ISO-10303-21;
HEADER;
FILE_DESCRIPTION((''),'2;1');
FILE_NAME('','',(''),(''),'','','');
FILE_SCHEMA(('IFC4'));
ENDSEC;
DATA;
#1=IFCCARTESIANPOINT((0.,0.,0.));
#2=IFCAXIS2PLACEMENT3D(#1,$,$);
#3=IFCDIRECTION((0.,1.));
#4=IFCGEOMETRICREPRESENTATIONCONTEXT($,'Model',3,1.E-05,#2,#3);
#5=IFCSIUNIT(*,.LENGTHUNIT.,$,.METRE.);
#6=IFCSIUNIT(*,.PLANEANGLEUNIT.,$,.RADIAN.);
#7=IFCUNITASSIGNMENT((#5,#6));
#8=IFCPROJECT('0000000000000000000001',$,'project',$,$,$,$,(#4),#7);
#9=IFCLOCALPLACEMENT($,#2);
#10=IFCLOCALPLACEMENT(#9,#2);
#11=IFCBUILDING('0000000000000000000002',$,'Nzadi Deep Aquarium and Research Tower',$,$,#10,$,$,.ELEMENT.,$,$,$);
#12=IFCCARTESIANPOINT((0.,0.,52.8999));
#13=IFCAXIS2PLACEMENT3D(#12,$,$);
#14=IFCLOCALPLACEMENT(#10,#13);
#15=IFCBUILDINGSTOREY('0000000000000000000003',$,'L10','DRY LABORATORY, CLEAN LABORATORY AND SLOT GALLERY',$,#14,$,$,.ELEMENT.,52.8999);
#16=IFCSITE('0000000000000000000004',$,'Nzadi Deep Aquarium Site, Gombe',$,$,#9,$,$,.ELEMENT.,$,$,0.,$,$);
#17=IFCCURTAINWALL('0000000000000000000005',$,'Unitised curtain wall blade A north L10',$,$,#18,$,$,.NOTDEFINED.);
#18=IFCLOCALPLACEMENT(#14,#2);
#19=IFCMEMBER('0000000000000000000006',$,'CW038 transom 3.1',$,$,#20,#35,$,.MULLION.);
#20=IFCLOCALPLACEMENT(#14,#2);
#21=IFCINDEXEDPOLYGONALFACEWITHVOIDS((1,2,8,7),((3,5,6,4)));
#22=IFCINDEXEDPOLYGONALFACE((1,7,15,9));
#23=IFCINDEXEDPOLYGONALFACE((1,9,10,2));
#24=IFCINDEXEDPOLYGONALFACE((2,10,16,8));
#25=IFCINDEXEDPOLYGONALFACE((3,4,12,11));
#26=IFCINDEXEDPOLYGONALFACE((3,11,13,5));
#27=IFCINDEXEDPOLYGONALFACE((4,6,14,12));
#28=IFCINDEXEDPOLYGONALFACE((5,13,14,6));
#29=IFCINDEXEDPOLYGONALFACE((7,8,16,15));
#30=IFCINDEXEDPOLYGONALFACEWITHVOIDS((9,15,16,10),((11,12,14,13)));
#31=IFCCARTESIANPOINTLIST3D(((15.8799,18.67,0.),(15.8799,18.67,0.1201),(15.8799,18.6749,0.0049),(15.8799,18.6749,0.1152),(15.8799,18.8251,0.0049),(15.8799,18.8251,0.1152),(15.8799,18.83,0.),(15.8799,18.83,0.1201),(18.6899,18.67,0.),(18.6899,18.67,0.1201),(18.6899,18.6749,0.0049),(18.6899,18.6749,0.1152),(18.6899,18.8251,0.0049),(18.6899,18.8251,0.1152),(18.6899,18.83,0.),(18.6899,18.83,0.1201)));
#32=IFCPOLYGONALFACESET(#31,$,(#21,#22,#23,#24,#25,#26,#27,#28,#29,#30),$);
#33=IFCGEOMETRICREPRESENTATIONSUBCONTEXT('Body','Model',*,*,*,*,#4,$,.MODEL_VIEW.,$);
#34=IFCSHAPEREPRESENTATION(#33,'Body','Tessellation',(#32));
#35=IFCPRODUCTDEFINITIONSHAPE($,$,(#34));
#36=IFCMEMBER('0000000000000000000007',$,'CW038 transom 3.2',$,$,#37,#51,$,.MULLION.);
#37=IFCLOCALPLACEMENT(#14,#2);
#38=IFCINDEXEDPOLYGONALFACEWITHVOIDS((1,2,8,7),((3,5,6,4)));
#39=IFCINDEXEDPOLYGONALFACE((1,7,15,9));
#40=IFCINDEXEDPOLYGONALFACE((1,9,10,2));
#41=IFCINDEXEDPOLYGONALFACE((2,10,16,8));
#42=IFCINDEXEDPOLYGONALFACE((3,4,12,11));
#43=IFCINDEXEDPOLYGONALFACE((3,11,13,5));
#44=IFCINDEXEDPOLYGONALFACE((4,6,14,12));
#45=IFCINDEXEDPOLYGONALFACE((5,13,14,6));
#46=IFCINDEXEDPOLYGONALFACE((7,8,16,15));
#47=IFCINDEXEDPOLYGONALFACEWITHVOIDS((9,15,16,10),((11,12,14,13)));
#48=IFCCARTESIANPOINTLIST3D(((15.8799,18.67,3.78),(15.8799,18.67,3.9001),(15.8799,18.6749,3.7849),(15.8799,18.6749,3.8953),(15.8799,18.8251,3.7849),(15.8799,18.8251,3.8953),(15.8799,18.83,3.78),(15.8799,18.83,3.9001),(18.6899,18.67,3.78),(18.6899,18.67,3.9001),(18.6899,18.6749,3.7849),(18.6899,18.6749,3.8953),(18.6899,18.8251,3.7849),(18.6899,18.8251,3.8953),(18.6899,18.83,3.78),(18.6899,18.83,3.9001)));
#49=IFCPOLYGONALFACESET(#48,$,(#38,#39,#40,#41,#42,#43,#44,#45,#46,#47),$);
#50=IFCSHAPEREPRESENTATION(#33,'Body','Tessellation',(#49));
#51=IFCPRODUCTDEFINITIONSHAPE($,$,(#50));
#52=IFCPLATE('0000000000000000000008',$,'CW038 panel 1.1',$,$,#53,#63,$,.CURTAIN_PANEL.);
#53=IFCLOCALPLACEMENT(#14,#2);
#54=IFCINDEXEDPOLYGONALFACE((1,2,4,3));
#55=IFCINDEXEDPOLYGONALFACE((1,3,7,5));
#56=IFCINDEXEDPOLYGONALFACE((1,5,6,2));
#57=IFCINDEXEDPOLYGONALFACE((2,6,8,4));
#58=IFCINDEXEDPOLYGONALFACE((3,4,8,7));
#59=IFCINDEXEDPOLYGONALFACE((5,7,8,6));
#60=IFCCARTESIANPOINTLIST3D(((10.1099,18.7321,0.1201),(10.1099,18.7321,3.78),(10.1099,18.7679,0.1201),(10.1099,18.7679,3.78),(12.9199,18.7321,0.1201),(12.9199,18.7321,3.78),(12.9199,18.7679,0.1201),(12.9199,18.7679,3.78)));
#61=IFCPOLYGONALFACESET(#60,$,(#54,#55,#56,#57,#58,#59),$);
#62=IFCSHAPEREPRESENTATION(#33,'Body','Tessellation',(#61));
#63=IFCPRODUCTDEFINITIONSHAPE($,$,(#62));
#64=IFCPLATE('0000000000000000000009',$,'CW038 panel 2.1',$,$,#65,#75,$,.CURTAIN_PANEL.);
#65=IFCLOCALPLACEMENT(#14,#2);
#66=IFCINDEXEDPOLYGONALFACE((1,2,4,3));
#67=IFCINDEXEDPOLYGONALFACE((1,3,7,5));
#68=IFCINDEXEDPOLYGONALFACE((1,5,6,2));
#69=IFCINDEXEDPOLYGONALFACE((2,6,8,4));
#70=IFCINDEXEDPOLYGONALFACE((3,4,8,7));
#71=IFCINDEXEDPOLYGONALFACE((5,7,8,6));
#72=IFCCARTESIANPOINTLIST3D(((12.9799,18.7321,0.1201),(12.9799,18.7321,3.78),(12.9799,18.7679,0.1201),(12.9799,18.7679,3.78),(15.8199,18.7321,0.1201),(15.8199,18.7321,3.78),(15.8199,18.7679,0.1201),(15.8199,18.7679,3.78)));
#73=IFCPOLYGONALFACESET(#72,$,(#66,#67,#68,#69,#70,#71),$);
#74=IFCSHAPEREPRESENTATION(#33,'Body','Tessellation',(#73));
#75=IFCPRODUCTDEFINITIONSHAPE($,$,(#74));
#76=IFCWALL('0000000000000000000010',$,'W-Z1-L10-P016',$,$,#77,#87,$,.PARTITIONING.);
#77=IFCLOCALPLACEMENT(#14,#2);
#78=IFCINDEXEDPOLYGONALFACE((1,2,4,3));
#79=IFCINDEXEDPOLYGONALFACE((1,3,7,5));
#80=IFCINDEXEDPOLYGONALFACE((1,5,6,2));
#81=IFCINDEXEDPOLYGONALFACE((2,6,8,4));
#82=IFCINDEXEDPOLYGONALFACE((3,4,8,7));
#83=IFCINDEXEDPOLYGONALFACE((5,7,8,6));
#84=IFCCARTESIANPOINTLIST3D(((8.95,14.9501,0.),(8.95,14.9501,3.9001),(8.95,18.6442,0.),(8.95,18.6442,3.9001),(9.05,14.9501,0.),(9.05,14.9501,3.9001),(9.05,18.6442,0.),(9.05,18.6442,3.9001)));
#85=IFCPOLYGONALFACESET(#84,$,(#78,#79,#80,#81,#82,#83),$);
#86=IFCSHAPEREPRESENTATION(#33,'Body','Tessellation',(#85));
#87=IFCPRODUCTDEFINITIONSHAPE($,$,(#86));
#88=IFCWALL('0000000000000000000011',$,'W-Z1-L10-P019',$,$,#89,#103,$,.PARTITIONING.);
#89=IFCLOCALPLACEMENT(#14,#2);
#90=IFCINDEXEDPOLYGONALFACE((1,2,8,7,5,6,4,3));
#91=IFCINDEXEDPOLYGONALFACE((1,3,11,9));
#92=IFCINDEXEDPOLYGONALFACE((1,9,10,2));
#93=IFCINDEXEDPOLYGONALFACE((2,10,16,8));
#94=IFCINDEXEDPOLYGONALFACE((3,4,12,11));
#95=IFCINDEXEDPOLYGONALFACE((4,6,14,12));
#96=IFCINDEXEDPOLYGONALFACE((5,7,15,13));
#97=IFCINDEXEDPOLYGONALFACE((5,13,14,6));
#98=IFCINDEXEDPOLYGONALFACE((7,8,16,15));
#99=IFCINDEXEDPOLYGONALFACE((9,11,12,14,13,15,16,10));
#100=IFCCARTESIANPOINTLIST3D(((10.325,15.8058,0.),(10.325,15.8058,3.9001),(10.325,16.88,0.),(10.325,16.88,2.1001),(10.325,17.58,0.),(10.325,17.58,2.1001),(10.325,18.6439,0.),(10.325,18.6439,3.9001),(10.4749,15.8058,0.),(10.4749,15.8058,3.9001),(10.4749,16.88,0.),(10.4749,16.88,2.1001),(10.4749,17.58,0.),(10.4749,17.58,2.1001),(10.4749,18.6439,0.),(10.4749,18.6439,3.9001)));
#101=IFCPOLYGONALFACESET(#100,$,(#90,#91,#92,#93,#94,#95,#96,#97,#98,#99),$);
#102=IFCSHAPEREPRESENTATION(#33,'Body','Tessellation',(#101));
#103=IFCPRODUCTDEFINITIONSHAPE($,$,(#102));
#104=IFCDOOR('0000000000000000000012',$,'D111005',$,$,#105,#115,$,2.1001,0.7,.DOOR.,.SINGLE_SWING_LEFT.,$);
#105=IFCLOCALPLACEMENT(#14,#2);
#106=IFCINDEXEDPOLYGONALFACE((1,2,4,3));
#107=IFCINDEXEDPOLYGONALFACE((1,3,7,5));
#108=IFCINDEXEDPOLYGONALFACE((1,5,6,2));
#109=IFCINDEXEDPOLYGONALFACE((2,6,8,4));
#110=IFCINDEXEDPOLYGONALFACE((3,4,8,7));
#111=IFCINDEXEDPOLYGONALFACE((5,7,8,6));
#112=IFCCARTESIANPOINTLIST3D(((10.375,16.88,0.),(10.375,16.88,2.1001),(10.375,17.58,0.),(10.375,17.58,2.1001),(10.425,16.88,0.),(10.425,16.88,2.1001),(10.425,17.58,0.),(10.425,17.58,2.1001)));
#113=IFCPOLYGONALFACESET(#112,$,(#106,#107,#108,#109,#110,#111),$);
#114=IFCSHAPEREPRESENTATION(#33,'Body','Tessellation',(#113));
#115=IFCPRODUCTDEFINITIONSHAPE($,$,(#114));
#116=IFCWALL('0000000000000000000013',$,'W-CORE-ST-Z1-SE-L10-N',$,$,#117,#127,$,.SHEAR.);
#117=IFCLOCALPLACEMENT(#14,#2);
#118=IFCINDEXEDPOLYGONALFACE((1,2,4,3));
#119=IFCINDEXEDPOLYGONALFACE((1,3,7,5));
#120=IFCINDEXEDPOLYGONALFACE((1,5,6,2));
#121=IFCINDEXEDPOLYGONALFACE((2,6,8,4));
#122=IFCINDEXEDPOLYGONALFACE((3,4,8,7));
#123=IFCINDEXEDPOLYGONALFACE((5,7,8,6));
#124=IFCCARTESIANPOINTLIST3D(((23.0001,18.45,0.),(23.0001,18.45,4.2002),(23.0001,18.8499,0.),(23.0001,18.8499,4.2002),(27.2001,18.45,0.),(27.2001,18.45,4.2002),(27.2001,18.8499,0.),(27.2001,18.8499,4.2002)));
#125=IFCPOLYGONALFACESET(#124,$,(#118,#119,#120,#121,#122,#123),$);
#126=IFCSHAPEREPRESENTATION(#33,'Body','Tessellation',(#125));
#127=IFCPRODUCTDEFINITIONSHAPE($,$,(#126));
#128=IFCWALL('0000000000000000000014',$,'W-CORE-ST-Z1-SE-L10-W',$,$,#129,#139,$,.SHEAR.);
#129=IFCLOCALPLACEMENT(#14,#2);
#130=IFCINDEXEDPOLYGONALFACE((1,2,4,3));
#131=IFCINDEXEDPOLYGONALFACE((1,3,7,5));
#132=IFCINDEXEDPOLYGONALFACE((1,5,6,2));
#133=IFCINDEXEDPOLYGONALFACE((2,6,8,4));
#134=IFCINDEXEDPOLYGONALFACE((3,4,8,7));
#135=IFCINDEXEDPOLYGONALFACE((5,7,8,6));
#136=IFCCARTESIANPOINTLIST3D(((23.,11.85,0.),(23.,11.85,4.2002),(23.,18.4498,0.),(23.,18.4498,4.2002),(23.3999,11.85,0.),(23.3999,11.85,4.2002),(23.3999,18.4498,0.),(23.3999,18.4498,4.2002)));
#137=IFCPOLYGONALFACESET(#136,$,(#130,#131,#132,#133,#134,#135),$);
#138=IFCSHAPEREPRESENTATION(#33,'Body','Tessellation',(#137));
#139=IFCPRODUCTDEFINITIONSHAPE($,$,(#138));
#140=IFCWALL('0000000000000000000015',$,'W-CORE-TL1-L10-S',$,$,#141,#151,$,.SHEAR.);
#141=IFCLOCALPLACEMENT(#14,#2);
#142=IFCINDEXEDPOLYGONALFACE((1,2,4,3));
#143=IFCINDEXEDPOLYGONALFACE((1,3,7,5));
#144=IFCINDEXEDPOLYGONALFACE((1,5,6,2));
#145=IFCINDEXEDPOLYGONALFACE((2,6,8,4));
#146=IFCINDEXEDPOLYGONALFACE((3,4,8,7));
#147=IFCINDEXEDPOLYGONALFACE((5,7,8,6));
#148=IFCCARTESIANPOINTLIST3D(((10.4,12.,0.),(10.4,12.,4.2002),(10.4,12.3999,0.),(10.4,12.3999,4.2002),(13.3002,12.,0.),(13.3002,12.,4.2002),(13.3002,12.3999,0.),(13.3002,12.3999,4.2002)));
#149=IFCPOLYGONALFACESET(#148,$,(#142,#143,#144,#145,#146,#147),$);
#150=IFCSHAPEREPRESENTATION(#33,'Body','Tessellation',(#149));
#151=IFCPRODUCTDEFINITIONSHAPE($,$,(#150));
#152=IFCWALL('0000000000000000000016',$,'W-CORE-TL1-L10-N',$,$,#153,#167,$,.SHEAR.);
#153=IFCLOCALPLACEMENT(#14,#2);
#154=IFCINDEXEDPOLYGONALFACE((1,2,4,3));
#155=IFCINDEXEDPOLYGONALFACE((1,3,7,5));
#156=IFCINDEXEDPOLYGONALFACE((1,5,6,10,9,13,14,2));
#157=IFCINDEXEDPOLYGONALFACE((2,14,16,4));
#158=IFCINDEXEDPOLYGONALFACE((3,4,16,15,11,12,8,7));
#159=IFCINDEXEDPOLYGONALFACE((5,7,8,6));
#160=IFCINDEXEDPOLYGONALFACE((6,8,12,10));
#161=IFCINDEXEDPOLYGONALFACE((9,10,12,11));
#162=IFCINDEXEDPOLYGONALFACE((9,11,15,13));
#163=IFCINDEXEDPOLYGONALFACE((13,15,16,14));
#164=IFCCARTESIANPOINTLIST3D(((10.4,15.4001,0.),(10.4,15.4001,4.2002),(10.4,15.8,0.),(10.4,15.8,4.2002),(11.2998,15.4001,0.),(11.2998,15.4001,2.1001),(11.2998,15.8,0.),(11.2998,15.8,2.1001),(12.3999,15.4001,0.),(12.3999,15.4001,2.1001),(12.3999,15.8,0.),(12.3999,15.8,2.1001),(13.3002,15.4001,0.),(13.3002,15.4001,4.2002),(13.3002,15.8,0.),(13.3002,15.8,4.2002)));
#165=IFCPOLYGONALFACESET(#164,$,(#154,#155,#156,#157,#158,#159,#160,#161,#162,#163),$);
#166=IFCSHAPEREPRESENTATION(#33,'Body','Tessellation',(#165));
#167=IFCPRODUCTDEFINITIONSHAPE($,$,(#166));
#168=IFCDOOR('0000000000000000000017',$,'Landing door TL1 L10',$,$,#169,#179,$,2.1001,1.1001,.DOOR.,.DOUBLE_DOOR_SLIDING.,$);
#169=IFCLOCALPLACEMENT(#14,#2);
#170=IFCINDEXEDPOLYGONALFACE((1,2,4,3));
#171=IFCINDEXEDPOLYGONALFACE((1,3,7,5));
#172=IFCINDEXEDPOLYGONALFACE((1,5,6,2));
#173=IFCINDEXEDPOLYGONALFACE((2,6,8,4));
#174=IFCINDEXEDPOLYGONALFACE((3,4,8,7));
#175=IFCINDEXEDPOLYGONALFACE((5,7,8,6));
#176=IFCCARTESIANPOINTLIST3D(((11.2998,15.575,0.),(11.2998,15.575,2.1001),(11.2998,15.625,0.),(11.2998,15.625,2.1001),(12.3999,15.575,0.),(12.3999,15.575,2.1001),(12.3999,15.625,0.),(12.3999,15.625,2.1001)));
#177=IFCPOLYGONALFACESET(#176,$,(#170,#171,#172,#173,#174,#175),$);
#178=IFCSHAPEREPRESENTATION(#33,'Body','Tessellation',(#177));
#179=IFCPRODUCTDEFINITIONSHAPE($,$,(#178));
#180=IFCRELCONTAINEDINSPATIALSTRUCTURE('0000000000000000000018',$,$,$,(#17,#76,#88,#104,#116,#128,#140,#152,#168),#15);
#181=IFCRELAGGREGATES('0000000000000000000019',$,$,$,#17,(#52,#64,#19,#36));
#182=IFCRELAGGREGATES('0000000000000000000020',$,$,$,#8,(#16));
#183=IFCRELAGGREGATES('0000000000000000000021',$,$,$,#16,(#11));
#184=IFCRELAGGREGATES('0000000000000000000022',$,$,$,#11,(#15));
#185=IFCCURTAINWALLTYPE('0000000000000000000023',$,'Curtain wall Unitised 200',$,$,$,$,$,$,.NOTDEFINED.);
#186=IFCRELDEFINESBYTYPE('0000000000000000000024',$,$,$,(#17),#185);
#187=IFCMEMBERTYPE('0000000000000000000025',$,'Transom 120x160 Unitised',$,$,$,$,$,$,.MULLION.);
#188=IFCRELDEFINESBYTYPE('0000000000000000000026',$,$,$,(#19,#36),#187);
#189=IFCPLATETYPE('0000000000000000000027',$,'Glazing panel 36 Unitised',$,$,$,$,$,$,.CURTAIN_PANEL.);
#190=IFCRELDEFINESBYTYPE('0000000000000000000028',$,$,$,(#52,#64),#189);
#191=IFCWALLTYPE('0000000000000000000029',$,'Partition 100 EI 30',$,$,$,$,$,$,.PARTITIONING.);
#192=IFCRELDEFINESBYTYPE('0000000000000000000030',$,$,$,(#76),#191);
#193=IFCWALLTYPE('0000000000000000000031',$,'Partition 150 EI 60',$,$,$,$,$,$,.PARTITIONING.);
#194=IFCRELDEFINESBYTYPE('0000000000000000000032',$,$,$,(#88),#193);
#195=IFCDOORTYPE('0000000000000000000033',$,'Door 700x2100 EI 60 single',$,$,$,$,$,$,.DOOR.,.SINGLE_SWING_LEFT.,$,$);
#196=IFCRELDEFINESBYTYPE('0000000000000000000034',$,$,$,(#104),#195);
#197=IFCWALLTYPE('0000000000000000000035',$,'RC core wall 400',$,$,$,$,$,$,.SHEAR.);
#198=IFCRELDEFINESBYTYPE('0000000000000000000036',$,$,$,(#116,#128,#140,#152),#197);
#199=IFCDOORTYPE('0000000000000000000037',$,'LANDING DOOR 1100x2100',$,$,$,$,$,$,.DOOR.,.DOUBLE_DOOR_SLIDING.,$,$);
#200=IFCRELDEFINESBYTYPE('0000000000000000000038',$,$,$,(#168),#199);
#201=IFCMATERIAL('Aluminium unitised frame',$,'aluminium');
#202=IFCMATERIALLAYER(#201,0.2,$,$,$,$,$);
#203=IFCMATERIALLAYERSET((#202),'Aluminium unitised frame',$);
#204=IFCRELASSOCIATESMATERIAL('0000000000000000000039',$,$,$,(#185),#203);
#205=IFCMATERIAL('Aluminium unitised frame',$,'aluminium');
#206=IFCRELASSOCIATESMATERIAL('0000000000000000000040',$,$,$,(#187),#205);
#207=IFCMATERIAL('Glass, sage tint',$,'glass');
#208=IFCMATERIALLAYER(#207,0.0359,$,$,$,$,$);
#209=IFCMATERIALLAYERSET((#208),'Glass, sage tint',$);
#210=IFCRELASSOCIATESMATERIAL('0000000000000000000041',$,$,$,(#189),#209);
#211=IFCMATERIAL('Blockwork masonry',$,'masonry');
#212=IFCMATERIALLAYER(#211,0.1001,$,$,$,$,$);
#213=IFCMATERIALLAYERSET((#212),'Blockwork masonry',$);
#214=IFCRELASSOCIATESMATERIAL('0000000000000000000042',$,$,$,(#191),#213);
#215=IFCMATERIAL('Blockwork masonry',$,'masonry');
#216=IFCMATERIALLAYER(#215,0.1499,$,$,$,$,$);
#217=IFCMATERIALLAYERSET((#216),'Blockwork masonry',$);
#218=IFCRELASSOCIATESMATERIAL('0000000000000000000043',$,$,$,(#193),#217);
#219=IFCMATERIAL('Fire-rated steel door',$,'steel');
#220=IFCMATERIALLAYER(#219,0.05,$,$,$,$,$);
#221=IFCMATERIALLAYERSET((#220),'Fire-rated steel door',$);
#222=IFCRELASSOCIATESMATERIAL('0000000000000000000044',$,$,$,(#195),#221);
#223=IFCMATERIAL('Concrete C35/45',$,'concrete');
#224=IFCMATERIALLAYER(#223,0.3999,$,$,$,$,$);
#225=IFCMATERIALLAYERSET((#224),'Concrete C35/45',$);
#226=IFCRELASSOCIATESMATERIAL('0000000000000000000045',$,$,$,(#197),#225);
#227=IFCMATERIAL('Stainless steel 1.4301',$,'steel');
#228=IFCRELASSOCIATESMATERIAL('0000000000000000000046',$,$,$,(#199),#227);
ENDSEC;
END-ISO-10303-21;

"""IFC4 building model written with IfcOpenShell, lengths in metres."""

from ifc_helpers import new_model, si_unit, direction, frame, frame_2d, origin, origin_2d, place, context, subcontext, project, spatial, rectangle, hollow_rectangle, extrude, material, layer, layer_set, material_profile, profile_set, type_object, element, fill, aggregate, save


model = new_model("IFC4")

# Units and contexts
model_context = context("Model", 3, precision=1e-05, world=origin(), true_north=direction((0.0, 1.0)))
body_context = subcontext(model_context, "Body", "Model", "MODEL_VIEW")
ifc_project = project(units=[si_unit("LENGTHUNIT", "METRE"), si_unit("PLANEANGLEUNIT", "RADIAN")], contexts=[model_context])

# Site, building, storey
site_placement = place(None, origin())
site = spatial("IfcSite", under=ifc_project, at=site_placement, Name="Nzadi Deep Aquarium Site, Gombe", CompositionType="ELEMENT", RefElevation=0.0)
building_placement = place(site_placement, origin())
building = spatial("IfcBuilding", under=site, at=building_placement, Name="Nzadi Deep Aquarium and Research Tower", CompositionType="ELEMENT")
storey_placement = place(building_placement, frame((0.0, 0.0, 52.8999)))
storey = spatial("IfcBuildingStorey", under=building, at=storey_placement, Name="L10", Description="DRY LABORATORY, CLEAN LABORATORY AND SLOT GALLERY", CompositionType="ELEMENT", Elevation=52.8999)

# Shared definitions
ifc_material_1 = material(Name="Aluminium unitised frame", Category="aluminium")
ifc_layer_1 = layer(ifc_material_1, 0.2)
ifc_layer_set_1 = layer_set([ifc_layer_1], Name="Aluminium unitised frame")
curtain_wall_type = type_object("IfcCurtainWallType", Name="Curtain wall Unitised 200", PredefinedType="NOTDEFINED", material=ifc_layer_set_1)

# Curtain wall
curtain_wall_1_placement = place(storey_placement, origin())
curtain_wall_1 = element("IfcCurtainWall", 1, at=curtain_wall_1_placement, inside=storey, type_object=curtain_wall_type, Name="Unitised curtain wall blade A north L10", PredefinedType="NOTDEFINED")

# Members
ifc_material_2 = material(Name="Aluminium unitised frame", Category="aluminium")
ifc_material_profile_1 = material_profile(ifc_material_2, hollow_rectangle(XDim=0.1599, YDim=0.1201, WallThickness=0.0049, at=origin_2d()))
ifc_profile_set_1 = profile_set([ifc_material_profile_1], Name="Aluminium unitised frame")
member_type_1 = type_object("IfcMemberType", Name="Transom 120x160 Unitised", PredefinedType="MULLION", material=ifc_profile_set_1)
member_1_placement = place(storey_placement, frame((15.8799, 18.75, 0.0601), z_axis=(1.0, 0.0, 0.0), x_axis=(0.0, 1.0, 0.0)))
member_1 = element("IfcMember", 2, at=member_1_placement, type_object=member_type_1, Name="CW038 transom 3.1", PredefinedType="MULLION", context=body_context, shape_type="SweptSolid", body=[
    extrude(hollow_rectangle(XDim=0.1599, YDim=0.1201, WallThickness=0.0049, at=origin_2d()), origin(), (0.0, 0.0, 1.0), 2.8101),
])
member_2_placement = place(storey_placement, frame((15.8799, 18.75, 3.8401), z_axis=(1.0, 0.0, 0.0), x_axis=(0.0, 1.0, 0.0)))
member_2 = element("IfcMember", 3, at=member_2_placement, type_object=member_type_1, Name="CW038 transom 3.2", PredefinedType="MULLION", context=body_context, shape_type="SweptSolid", body=[
    extrude(hollow_rectangle(XDim=0.1599, YDim=0.1201, WallThickness=0.0049, at=origin_2d()), origin(), (0.0, 0.0, 1.0), 2.8101),
])

# Plates
ifc_material_3 = material(Name="Glass, sage tint", Category="glass")
ifc_layer_2 = layer(ifc_material_3, 0.0359)
ifc_layer_set_2 = layer_set([ifc_layer_2], Name="Glass, sage tint")
plate_type = type_object("IfcPlateType", Name="Glazing panel 36 Unitised", PredefinedType="CURTAIN_PANEL", material=ifc_layer_set_2)
plate_1_placement = place(storey_placement, frame((11.5149, 18.75, 0.1201), z_axis=(0.0, 0.0, 1.0), x_axis=(1.0, 0.0, 0.0)))
plate_1 = element("IfcPlate", 4, at=plate_1_placement, type_object=plate_type, Name="CW038 panel 1.1", PredefinedType="CURTAIN_PANEL", context=body_context, shape_type="SweptSolid", body=[
    extrude(rectangle(XDim=2.8101, YDim=0.0359, at=origin_2d()), origin(), (0.0, 0.0, 1.0), 3.6599),
])
plate_2_placement = place(storey_placement, frame((14.3999, 18.75, 0.1201), z_axis=(0.0, 0.0, 1.0), x_axis=(1.0, 0.0, 0.0)))
plate_2 = element("IfcPlate", 5, at=plate_2_placement, type_object=plate_type, Name="CW038 panel 2.1", PredefinedType="CURTAIN_PANEL", context=body_context, shape_type="SweptSolid", body=[
    extrude(rectangle(XDim=2.8401, YDim=0.0359, at=origin_2d()), origin(), (0.0, 0.0, 1.0), 3.6599),
])
aggregate(curtain_wall_1, [plate_1, plate_2, member_1, member_2])

# Wall
ifc_material_4 = material(Name="Blockwork masonry", Category="masonry")
ifc_layer_3 = layer(ifc_material_4, 0.1001)
ifc_layer_set_3 = layer_set([ifc_layer_3], Name="Blockwork masonry")
wall_type_1 = type_object("IfcWallType", Name="Partition 100 EI 30", PredefinedType="PARTITIONING", material=ifc_layer_set_3)
wall_1_placement = place(storey_placement, frame((9.0, 14.95, 0.0), z_axis=(0.0, 0.0, 1.0), x_axis=(0.0, 1.0, 0.0)))
element("IfcWall", 6, at=wall_1_placement, inside=storey, type_object=wall_type_1, Name="W-Z1-L10-P016", PredefinedType="PARTITIONING", context=body_context, shape_type="SweptSolid", body=[
    extrude(rectangle(XDim=3.6941, YDim=0.1001, at=frame_2d((1.8472, 0.0))), origin(), (0.0, 0.0, 1.0), 3.9001),
])

# Wall, opening, door
ifc_material_5 = material(Name="Blockwork masonry", Category="masonry")
ifc_layer_4 = layer(ifc_material_5, 0.1499)
ifc_layer_set_4 = layer_set([ifc_layer_4], Name="Blockwork masonry")
wall_type_2 = type_object("IfcWallType", Name="Partition 150 EI 60", PredefinedType="PARTITIONING", material=ifc_layer_set_4)
wall_2_placement = place(storey_placement, frame((10.3999, 15.8059, 0.0), z_axis=(0.0, 0.0, 1.0), x_axis=(0.0, 1.0, 0.0)))
wall_2 = element("IfcWall", 7, at=wall_2_placement, inside=storey, type_object=wall_type_2, Name="W-Z1-L10-P019", PredefinedType="PARTITIONING", context=body_context, shape_type="SweptSolid", body=[
    extrude(rectangle(XDim=2.8381, YDim=0.1499, at=frame_2d((1.4189, 0.0))), origin(), (0.0, 0.0, 1.0), 3.9001),
])
opening_1_placement = place(wall_2_placement, frame((1.074, 0.0, 0.0)))
opening_1 = element("IfcOpeningElement", 8, at=opening_1_placement, cuts=wall_2, PredefinedType="OPENING", context=body_context, shape_type="SweptSolid", body=[
    extrude(rectangle(XDim=0.7, YDim=2.1001, at=frame_2d((0.3501, 1.05))), frame((0.0, 0.085, 0.0), z_axis=(0.0, -1.0, 0.0), x_axis=(1.0, 0.0, 0.0)), (0.0, 0.0, 1.0), 0.1699),
])
ifc_material_6 = material(Name="Fire-rated steel door", Category="steel")
ifc_layer_5 = layer(ifc_material_6, 0.05)
ifc_layer_set_5 = layer_set([ifc_layer_5], Name="Fire-rated steel door")
door_type_1 = type_object("IfcDoorType", Name="Door 700x2100 EI 60 single", OperationType="SINGLE_SWING_LEFT", PredefinedType="DOOR", material=ifc_layer_set_5)
door_1_placement = place(opening_1_placement, origin())
door_1 = element("IfcDoor", 9, at=door_1_placement, inside=storey, type_object=door_type_1, Name="D111005", OperationType="SINGLE_SWING_LEFT", OverallHeight=2.1001, OverallWidth=0.7, PredefinedType="DOOR", context=body_context, shape_type="SweptSolid", body=[
    extrude(rectangle(XDim=0.7, YDim=2.1001, at=frame_2d((0.3501, 1.05))), frame((0.0, 0.0249, 0.0), z_axis=(0.0, -1.0, 0.0), x_axis=(1.0, 0.0, 0.0)), (0.0, 0.0, 1.0), 0.05),
])
fill(opening_1, door_1)

# Walls
ifc_material_7 = material(Name="Concrete C35/45", Category="concrete")
ifc_layer_6 = layer(ifc_material_7, 0.3999)
ifc_layer_set_6 = layer_set([ifc_layer_6], Name="Concrete C35/45")
wall_type_3 = type_object("IfcWallType", Name="RC core wall 400", PredefinedType="SHEAR", material=ifc_layer_set_6)
wall_3_placement = place(storey_placement, frame((23.0, 18.6499, 0.0), z_axis=(0.0, 0.0, 1.0), x_axis=(1.0, 0.0, 0.0)))
element("IfcWall", 10, at=wall_3_placement, inside=storey, type_object=wall_type_3, Name="W-CORE-ST-Z1-SE-L10-N", PredefinedType="SHEAR", context=body_context, shape_type="SweptSolid", body=[
    extrude(rectangle(XDim=4.2, YDim=0.3999, at=frame_2d((2.1001, 0.0))), origin(), (0.0, 0.0, 1.0), 4.2002),
])
wall_4_placement = place(storey_placement, frame((23.2, 11.8501, 0.0), z_axis=(0.0, 0.0, 1.0), x_axis=(0.0, 1.0, 0.0)))
element("IfcWall", 11, at=wall_4_placement, inside=storey, type_object=wall_type_3, Name="W-CORE-ST-Z1-SE-L10-W", PredefinedType="SHEAR", context=body_context, shape_type="SweptSolid", body=[
    extrude(rectangle(XDim=6.5999, YDim=0.3999, at=frame_2d((3.2998, 0.0))), origin(), (0.0, 0.0, 1.0), 4.2002),
])
wall_5_placement = place(storey_placement, frame((10.3999, 12.2, 0.0), z_axis=(0.0, 0.0, 1.0), x_axis=(1.0, 0.0, 0.0)))
element("IfcWall", 12, at=wall_5_placement, inside=storey, type_object=wall_type_3, Name="W-CORE-TL1-L10-S", PredefinedType="SHEAR", context=body_context, shape_type="SweptSolid", body=[
    extrude(rectangle(XDim=2.9001, YDim=0.3999, at=frame_2d((1.4502, 0.0))), origin(), (0.0, 0.0, 1.0), 4.2002),
])

# Wall, opening, door
wall_6_placement = place(storey_placement, frame((10.3999, 15.6001, 0.0), z_axis=(0.0, 0.0, 1.0), x_axis=(1.0, 0.0, 0.0)))
wall_6 = element("IfcWall", 13, at=wall_6_placement, inside=storey, type_object=wall_type_3, Name="W-CORE-TL1-L10-N", PredefinedType="SHEAR", context=body_context, shape_type="SweptSolid", body=[
    extrude(rectangle(XDim=2.9001, YDim=0.3999, at=frame_2d((1.4502, 0.0))), origin(), (0.0, 0.0, 1.0), 4.2002),
])
opening_2_placement = place(wall_6_placement, frame((0.8999, 0.0, 0.0)))
opening_2 = element("IfcOpeningElement", 14, at=opening_2_placement, cuts=wall_6, PredefinedType="OPENING", context=body_context, shape_type="SweptSolid", body=[
    extrude(rectangle(XDim=1.1001, YDim=2.1001, at=frame_2d((0.55, 1.05))), frame((0.0, 0.21, 0.0), z_axis=(0.0, -1.0, 0.0), x_axis=(1.0, 0.0, 0.0)), (0.0, 0.0, 1.0), 0.4199),
])
ifc_material_8 = material(Name="Stainless steel 1.4301", Category="steel")
door_type_2 = type_object("IfcDoorType", Name="LANDING DOOR 1100x2100", OperationType="DOUBLE_DOOR_SLIDING", PredefinedType="DOOR", material=ifc_material_8)
door_2_placement = place(opening_2_placement, origin())
door_2 = element("IfcDoor", 15, at=door_2_placement, inside=storey, type_object=door_type_2, Name="Landing door TL1 L10", OperationType="DOUBLE_DOOR_SLIDING", OverallHeight=2.1001, OverallWidth=1.1001, PredefinedType="DOOR", context=body_context, shape_type="SweptSolid", body=[
    extrude(rectangle(XDim=1.1001, YDim=2.1001, at=frame_2d((0.55, 1.05))), frame((0.0, 0.0249, 0.0), z_axis=(0.0, -1.0, 0.0), x_axis=(1.0, 0.0, 0.0)), (0.0, 0.0, 1.0), 0.05),
])
fill(opening_2, door_2)

save(model, "model.ifc")
